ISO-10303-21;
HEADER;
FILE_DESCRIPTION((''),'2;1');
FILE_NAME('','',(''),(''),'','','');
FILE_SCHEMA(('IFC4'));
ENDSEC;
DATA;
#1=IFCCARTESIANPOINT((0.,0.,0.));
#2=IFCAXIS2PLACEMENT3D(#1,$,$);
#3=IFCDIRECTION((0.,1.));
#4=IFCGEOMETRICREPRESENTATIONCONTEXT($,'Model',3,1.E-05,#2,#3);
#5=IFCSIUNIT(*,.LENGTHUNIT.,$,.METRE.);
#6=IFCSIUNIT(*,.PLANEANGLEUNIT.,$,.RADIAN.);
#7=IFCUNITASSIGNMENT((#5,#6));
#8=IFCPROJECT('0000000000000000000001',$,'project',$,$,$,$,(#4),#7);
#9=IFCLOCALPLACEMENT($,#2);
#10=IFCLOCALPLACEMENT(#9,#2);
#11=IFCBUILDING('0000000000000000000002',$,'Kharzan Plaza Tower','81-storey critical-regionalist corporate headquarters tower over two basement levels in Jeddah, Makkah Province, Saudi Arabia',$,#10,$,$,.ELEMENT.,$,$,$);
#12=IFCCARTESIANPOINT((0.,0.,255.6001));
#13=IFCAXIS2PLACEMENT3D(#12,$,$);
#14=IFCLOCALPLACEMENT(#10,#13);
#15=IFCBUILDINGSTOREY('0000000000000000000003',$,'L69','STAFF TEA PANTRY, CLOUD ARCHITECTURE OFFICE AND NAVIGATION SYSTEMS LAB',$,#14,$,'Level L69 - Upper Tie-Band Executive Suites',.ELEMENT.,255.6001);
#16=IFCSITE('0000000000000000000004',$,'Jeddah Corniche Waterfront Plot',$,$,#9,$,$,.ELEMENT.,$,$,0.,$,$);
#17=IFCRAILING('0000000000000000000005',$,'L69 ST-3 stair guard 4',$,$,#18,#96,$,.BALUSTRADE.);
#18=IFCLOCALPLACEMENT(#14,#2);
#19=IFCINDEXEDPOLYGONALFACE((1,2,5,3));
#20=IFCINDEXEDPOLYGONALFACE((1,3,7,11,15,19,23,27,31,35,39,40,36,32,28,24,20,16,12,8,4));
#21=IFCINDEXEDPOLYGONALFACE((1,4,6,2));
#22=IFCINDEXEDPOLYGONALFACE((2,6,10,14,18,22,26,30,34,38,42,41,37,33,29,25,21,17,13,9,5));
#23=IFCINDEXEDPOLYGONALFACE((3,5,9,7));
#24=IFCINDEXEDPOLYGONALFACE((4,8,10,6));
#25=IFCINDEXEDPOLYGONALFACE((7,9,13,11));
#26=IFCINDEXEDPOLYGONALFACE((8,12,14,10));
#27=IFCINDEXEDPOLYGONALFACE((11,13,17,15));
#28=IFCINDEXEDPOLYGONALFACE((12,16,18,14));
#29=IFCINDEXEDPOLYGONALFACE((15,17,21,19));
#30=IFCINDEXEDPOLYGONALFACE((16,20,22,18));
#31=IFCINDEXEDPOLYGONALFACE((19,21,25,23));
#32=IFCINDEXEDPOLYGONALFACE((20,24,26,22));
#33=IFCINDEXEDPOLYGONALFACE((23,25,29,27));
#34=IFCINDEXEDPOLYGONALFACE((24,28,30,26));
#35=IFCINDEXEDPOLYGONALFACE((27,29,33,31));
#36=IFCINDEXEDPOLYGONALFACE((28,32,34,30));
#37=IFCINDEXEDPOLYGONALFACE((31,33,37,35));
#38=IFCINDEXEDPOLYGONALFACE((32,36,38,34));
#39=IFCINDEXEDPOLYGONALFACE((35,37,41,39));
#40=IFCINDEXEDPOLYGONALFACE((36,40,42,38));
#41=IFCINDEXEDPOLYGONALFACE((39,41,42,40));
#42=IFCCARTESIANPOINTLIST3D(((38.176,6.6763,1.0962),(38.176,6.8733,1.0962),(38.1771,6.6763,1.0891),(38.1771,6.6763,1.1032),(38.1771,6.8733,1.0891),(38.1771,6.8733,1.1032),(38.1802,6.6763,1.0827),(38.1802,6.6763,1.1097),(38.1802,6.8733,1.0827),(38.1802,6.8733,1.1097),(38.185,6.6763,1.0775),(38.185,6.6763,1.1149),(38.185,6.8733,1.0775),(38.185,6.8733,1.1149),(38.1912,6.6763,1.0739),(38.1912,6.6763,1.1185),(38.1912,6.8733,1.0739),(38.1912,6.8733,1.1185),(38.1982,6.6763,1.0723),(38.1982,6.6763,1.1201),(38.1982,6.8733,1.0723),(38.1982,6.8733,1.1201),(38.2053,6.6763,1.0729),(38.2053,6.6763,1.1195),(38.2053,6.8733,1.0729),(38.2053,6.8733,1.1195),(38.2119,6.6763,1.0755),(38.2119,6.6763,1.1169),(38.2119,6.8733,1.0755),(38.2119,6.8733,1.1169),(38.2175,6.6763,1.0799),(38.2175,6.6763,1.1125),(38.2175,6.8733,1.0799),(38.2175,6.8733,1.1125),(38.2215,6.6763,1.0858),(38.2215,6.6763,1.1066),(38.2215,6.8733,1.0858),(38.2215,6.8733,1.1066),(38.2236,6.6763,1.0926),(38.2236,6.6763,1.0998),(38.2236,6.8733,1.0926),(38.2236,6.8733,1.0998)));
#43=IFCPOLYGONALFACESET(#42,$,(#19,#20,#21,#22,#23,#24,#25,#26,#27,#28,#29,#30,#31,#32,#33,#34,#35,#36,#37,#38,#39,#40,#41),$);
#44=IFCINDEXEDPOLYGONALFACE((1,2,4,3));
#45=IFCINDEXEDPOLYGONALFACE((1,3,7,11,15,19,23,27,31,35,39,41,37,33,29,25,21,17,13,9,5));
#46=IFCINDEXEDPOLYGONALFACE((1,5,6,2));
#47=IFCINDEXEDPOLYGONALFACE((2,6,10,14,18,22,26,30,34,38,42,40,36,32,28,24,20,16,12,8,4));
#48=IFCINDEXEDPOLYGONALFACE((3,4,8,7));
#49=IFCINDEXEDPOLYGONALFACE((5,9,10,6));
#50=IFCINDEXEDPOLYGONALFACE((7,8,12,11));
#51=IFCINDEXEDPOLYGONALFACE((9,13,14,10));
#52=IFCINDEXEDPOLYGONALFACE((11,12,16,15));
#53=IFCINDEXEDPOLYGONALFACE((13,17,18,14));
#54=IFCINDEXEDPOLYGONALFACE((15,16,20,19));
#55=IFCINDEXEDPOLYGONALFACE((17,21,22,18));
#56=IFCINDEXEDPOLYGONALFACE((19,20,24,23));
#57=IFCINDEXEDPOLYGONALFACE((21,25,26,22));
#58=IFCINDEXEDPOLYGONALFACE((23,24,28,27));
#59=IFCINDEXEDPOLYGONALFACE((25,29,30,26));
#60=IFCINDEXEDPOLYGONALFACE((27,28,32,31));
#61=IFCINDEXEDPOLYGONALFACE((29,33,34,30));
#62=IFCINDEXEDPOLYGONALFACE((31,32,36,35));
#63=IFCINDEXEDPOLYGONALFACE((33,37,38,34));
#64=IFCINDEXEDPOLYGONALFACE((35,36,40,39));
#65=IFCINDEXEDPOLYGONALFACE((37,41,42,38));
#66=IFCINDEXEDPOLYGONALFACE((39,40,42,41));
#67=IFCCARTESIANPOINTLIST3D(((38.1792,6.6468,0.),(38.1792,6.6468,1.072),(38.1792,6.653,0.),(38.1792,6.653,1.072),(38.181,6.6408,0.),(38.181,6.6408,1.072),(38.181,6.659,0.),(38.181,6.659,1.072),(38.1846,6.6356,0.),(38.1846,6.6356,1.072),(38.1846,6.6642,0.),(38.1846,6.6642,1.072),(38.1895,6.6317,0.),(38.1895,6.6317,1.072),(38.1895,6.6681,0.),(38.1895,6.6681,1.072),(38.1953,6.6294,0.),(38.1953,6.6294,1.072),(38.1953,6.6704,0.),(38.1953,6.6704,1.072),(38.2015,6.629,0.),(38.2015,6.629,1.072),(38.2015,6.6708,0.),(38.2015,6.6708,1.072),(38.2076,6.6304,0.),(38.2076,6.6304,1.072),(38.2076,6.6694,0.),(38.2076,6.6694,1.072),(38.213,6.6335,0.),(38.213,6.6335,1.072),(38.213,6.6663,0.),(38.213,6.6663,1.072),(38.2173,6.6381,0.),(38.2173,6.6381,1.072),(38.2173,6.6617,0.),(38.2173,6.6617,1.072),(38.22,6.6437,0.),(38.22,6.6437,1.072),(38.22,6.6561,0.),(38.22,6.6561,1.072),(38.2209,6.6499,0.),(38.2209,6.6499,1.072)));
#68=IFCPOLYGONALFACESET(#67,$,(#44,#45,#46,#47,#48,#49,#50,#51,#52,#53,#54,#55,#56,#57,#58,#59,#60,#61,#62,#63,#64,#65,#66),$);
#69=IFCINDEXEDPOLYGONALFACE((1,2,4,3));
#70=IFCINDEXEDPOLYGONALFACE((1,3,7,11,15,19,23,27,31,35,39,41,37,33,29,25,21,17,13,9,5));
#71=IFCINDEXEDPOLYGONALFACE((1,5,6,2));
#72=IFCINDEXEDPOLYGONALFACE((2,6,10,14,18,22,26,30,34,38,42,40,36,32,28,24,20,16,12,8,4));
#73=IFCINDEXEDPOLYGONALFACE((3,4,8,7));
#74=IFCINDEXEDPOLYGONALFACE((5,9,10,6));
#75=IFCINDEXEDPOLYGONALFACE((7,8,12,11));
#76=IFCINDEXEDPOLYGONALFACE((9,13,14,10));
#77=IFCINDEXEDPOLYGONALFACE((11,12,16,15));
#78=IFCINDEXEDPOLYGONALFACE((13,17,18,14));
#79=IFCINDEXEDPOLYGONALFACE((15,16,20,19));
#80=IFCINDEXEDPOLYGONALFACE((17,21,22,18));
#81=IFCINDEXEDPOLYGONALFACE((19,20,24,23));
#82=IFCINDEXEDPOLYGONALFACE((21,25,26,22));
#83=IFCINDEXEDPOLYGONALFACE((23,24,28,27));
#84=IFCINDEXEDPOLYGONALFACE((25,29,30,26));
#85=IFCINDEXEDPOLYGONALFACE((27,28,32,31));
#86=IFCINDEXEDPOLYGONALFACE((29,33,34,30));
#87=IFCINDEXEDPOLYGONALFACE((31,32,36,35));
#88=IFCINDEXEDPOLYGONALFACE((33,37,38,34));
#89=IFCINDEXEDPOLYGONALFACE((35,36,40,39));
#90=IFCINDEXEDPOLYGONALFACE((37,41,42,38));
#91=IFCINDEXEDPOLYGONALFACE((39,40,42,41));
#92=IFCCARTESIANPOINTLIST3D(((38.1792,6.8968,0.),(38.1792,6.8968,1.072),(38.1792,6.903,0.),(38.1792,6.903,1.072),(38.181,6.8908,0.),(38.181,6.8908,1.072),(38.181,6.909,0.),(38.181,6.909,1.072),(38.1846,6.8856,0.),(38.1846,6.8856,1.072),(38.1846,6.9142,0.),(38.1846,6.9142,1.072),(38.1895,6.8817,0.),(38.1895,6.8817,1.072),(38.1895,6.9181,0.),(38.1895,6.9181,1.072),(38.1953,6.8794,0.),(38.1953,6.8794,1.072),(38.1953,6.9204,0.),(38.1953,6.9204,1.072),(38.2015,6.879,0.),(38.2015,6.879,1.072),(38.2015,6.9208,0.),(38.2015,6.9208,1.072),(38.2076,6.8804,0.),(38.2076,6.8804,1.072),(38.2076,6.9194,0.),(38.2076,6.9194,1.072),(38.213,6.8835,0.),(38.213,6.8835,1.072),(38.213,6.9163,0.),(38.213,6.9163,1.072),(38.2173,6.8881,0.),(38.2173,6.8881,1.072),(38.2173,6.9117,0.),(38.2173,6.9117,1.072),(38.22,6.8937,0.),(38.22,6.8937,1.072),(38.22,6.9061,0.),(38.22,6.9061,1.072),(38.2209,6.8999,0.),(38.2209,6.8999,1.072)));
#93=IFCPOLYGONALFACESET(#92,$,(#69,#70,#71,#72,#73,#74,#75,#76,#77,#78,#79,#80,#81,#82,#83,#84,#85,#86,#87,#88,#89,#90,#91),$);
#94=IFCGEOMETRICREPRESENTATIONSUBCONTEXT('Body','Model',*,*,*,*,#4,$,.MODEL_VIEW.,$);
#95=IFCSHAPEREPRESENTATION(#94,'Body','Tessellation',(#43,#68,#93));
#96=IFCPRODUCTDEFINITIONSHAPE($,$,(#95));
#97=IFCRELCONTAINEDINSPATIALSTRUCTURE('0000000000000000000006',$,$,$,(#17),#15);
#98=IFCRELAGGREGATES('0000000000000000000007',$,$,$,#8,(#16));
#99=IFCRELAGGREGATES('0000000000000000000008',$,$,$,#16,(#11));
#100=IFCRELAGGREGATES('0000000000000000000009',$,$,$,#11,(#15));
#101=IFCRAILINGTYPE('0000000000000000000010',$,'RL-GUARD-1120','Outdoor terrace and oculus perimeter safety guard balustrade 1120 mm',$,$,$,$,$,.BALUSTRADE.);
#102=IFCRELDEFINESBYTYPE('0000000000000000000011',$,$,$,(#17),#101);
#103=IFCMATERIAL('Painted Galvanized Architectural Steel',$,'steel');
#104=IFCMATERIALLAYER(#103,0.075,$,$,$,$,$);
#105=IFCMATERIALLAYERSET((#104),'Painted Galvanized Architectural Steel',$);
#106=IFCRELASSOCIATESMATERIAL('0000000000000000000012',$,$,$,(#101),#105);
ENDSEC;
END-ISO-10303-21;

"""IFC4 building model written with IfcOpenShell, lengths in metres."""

from ifc_helpers import new_model, si_unit, direction, frame, origin, origin_2d, place, context, subcontext, project, spatial, circle, extrude, source, transform, mapped, material, layer, layer_set, type_object, element, save


model = new_model("IFC4")

# Units and contexts
model_context = context("Model", 3, precision=1e-05, world=origin(), true_north=direction((0.0, 1.0)))
body_context = subcontext(model_context, "Body", "Model", "MODEL_VIEW")
ifc_project = project(units=[si_unit("LENGTHUNIT", "METRE"), si_unit("PLANEANGLEUNIT", "RADIAN")], contexts=[model_context])

# Site, building, storey
site_placement = place(None, origin())
site = spatial("IfcSite", under=ifc_project, at=site_placement, Name="Jeddah Corniche Waterfront Plot", CompositionType="ELEMENT", RefElevation=0.0)
building_placement = place(site_placement, origin())
building = spatial("IfcBuilding", under=site, at=building_placement, Name="Kharzan Plaza Tower", Description="81-storey critical-regionalist corporate headquarters tower over two basement levels in Jeddah, Makkah Province, Saudi Arabia", CompositionType="ELEMENT")
storey_placement = place(building_placement, frame((0.0, 0.0, 255.6001)))
storey = spatial("IfcBuildingStorey", under=building, at=storey_placement, Name="L69", Description="STAFF TEA PANTRY, CLOUD ARCHITECTURE OFFICE AND NAVIGATION SYSTEMS LAB", LongName="Level L69 - Upper Tie-Band Executive Suites", CompositionType="ELEMENT", Elevation=255.6001)

# Railing
ifc_material_1 = material(Name="Painted Galvanized Architectural Steel", Category="steel")
ifc_layer_1 = layer(ifc_material_1, 0.075)
ifc_layer_set_1 = layer_set([ifc_layer_1], Name="Painted Galvanized Architectural Steel")
railing_type_1 = type_object("IfcRailingType", Name="RL-GUARD-1120", Description="Outdoor terrace and oculus perimeter safety guard balustrade 1120 mm", PredefinedType="BALUSTRADE", material=ifc_layer_set_1)
shared_shape_1 = source(origin(), body_context, "Body", "SweptSolid", [
    extrude(circle(Radius=0.0239, at=origin_2d()), frame((0.0, 0.0264, 1.0962), z_axis=(0.0, 1.0, 0.0), x_axis=(-1.0, 0.0, 0.0)), (0.0, 0.0, 1.0), 0.197),
    extrude(circle(Radius=0.021, at=origin_2d()), origin(), (0.0, 0.0, 1.0), 1.072),
    extrude(circle(Radius=0.021, at=origin_2d()), frame((0.0, 0.25, 0.0)), (0.0, 0.0, 1.0), 1.072),
])
for number, where, name in (
    (1, (38.2, 6.6499, 0.0), "L69 ST-3 stair guard 4"),
):
    element("IfcRailing", number, at=place(storey_placement, frame(where)), inside=storey, type_object=railing_type_1, Name=name, PredefinedType="BALUSTRADE", context=body_context, shape_type="MappedRepresentation", body=[
        mapped(shared_shape_1, transform((0.0, 0.0, 0.0), x_axis=(1.0, 0.0, 0.0), y_axis=(0.0, 1.0, 0.0), z_axis=(0.0, 0.0, 1.0))),
    ])

save(model, "model.ifc")
